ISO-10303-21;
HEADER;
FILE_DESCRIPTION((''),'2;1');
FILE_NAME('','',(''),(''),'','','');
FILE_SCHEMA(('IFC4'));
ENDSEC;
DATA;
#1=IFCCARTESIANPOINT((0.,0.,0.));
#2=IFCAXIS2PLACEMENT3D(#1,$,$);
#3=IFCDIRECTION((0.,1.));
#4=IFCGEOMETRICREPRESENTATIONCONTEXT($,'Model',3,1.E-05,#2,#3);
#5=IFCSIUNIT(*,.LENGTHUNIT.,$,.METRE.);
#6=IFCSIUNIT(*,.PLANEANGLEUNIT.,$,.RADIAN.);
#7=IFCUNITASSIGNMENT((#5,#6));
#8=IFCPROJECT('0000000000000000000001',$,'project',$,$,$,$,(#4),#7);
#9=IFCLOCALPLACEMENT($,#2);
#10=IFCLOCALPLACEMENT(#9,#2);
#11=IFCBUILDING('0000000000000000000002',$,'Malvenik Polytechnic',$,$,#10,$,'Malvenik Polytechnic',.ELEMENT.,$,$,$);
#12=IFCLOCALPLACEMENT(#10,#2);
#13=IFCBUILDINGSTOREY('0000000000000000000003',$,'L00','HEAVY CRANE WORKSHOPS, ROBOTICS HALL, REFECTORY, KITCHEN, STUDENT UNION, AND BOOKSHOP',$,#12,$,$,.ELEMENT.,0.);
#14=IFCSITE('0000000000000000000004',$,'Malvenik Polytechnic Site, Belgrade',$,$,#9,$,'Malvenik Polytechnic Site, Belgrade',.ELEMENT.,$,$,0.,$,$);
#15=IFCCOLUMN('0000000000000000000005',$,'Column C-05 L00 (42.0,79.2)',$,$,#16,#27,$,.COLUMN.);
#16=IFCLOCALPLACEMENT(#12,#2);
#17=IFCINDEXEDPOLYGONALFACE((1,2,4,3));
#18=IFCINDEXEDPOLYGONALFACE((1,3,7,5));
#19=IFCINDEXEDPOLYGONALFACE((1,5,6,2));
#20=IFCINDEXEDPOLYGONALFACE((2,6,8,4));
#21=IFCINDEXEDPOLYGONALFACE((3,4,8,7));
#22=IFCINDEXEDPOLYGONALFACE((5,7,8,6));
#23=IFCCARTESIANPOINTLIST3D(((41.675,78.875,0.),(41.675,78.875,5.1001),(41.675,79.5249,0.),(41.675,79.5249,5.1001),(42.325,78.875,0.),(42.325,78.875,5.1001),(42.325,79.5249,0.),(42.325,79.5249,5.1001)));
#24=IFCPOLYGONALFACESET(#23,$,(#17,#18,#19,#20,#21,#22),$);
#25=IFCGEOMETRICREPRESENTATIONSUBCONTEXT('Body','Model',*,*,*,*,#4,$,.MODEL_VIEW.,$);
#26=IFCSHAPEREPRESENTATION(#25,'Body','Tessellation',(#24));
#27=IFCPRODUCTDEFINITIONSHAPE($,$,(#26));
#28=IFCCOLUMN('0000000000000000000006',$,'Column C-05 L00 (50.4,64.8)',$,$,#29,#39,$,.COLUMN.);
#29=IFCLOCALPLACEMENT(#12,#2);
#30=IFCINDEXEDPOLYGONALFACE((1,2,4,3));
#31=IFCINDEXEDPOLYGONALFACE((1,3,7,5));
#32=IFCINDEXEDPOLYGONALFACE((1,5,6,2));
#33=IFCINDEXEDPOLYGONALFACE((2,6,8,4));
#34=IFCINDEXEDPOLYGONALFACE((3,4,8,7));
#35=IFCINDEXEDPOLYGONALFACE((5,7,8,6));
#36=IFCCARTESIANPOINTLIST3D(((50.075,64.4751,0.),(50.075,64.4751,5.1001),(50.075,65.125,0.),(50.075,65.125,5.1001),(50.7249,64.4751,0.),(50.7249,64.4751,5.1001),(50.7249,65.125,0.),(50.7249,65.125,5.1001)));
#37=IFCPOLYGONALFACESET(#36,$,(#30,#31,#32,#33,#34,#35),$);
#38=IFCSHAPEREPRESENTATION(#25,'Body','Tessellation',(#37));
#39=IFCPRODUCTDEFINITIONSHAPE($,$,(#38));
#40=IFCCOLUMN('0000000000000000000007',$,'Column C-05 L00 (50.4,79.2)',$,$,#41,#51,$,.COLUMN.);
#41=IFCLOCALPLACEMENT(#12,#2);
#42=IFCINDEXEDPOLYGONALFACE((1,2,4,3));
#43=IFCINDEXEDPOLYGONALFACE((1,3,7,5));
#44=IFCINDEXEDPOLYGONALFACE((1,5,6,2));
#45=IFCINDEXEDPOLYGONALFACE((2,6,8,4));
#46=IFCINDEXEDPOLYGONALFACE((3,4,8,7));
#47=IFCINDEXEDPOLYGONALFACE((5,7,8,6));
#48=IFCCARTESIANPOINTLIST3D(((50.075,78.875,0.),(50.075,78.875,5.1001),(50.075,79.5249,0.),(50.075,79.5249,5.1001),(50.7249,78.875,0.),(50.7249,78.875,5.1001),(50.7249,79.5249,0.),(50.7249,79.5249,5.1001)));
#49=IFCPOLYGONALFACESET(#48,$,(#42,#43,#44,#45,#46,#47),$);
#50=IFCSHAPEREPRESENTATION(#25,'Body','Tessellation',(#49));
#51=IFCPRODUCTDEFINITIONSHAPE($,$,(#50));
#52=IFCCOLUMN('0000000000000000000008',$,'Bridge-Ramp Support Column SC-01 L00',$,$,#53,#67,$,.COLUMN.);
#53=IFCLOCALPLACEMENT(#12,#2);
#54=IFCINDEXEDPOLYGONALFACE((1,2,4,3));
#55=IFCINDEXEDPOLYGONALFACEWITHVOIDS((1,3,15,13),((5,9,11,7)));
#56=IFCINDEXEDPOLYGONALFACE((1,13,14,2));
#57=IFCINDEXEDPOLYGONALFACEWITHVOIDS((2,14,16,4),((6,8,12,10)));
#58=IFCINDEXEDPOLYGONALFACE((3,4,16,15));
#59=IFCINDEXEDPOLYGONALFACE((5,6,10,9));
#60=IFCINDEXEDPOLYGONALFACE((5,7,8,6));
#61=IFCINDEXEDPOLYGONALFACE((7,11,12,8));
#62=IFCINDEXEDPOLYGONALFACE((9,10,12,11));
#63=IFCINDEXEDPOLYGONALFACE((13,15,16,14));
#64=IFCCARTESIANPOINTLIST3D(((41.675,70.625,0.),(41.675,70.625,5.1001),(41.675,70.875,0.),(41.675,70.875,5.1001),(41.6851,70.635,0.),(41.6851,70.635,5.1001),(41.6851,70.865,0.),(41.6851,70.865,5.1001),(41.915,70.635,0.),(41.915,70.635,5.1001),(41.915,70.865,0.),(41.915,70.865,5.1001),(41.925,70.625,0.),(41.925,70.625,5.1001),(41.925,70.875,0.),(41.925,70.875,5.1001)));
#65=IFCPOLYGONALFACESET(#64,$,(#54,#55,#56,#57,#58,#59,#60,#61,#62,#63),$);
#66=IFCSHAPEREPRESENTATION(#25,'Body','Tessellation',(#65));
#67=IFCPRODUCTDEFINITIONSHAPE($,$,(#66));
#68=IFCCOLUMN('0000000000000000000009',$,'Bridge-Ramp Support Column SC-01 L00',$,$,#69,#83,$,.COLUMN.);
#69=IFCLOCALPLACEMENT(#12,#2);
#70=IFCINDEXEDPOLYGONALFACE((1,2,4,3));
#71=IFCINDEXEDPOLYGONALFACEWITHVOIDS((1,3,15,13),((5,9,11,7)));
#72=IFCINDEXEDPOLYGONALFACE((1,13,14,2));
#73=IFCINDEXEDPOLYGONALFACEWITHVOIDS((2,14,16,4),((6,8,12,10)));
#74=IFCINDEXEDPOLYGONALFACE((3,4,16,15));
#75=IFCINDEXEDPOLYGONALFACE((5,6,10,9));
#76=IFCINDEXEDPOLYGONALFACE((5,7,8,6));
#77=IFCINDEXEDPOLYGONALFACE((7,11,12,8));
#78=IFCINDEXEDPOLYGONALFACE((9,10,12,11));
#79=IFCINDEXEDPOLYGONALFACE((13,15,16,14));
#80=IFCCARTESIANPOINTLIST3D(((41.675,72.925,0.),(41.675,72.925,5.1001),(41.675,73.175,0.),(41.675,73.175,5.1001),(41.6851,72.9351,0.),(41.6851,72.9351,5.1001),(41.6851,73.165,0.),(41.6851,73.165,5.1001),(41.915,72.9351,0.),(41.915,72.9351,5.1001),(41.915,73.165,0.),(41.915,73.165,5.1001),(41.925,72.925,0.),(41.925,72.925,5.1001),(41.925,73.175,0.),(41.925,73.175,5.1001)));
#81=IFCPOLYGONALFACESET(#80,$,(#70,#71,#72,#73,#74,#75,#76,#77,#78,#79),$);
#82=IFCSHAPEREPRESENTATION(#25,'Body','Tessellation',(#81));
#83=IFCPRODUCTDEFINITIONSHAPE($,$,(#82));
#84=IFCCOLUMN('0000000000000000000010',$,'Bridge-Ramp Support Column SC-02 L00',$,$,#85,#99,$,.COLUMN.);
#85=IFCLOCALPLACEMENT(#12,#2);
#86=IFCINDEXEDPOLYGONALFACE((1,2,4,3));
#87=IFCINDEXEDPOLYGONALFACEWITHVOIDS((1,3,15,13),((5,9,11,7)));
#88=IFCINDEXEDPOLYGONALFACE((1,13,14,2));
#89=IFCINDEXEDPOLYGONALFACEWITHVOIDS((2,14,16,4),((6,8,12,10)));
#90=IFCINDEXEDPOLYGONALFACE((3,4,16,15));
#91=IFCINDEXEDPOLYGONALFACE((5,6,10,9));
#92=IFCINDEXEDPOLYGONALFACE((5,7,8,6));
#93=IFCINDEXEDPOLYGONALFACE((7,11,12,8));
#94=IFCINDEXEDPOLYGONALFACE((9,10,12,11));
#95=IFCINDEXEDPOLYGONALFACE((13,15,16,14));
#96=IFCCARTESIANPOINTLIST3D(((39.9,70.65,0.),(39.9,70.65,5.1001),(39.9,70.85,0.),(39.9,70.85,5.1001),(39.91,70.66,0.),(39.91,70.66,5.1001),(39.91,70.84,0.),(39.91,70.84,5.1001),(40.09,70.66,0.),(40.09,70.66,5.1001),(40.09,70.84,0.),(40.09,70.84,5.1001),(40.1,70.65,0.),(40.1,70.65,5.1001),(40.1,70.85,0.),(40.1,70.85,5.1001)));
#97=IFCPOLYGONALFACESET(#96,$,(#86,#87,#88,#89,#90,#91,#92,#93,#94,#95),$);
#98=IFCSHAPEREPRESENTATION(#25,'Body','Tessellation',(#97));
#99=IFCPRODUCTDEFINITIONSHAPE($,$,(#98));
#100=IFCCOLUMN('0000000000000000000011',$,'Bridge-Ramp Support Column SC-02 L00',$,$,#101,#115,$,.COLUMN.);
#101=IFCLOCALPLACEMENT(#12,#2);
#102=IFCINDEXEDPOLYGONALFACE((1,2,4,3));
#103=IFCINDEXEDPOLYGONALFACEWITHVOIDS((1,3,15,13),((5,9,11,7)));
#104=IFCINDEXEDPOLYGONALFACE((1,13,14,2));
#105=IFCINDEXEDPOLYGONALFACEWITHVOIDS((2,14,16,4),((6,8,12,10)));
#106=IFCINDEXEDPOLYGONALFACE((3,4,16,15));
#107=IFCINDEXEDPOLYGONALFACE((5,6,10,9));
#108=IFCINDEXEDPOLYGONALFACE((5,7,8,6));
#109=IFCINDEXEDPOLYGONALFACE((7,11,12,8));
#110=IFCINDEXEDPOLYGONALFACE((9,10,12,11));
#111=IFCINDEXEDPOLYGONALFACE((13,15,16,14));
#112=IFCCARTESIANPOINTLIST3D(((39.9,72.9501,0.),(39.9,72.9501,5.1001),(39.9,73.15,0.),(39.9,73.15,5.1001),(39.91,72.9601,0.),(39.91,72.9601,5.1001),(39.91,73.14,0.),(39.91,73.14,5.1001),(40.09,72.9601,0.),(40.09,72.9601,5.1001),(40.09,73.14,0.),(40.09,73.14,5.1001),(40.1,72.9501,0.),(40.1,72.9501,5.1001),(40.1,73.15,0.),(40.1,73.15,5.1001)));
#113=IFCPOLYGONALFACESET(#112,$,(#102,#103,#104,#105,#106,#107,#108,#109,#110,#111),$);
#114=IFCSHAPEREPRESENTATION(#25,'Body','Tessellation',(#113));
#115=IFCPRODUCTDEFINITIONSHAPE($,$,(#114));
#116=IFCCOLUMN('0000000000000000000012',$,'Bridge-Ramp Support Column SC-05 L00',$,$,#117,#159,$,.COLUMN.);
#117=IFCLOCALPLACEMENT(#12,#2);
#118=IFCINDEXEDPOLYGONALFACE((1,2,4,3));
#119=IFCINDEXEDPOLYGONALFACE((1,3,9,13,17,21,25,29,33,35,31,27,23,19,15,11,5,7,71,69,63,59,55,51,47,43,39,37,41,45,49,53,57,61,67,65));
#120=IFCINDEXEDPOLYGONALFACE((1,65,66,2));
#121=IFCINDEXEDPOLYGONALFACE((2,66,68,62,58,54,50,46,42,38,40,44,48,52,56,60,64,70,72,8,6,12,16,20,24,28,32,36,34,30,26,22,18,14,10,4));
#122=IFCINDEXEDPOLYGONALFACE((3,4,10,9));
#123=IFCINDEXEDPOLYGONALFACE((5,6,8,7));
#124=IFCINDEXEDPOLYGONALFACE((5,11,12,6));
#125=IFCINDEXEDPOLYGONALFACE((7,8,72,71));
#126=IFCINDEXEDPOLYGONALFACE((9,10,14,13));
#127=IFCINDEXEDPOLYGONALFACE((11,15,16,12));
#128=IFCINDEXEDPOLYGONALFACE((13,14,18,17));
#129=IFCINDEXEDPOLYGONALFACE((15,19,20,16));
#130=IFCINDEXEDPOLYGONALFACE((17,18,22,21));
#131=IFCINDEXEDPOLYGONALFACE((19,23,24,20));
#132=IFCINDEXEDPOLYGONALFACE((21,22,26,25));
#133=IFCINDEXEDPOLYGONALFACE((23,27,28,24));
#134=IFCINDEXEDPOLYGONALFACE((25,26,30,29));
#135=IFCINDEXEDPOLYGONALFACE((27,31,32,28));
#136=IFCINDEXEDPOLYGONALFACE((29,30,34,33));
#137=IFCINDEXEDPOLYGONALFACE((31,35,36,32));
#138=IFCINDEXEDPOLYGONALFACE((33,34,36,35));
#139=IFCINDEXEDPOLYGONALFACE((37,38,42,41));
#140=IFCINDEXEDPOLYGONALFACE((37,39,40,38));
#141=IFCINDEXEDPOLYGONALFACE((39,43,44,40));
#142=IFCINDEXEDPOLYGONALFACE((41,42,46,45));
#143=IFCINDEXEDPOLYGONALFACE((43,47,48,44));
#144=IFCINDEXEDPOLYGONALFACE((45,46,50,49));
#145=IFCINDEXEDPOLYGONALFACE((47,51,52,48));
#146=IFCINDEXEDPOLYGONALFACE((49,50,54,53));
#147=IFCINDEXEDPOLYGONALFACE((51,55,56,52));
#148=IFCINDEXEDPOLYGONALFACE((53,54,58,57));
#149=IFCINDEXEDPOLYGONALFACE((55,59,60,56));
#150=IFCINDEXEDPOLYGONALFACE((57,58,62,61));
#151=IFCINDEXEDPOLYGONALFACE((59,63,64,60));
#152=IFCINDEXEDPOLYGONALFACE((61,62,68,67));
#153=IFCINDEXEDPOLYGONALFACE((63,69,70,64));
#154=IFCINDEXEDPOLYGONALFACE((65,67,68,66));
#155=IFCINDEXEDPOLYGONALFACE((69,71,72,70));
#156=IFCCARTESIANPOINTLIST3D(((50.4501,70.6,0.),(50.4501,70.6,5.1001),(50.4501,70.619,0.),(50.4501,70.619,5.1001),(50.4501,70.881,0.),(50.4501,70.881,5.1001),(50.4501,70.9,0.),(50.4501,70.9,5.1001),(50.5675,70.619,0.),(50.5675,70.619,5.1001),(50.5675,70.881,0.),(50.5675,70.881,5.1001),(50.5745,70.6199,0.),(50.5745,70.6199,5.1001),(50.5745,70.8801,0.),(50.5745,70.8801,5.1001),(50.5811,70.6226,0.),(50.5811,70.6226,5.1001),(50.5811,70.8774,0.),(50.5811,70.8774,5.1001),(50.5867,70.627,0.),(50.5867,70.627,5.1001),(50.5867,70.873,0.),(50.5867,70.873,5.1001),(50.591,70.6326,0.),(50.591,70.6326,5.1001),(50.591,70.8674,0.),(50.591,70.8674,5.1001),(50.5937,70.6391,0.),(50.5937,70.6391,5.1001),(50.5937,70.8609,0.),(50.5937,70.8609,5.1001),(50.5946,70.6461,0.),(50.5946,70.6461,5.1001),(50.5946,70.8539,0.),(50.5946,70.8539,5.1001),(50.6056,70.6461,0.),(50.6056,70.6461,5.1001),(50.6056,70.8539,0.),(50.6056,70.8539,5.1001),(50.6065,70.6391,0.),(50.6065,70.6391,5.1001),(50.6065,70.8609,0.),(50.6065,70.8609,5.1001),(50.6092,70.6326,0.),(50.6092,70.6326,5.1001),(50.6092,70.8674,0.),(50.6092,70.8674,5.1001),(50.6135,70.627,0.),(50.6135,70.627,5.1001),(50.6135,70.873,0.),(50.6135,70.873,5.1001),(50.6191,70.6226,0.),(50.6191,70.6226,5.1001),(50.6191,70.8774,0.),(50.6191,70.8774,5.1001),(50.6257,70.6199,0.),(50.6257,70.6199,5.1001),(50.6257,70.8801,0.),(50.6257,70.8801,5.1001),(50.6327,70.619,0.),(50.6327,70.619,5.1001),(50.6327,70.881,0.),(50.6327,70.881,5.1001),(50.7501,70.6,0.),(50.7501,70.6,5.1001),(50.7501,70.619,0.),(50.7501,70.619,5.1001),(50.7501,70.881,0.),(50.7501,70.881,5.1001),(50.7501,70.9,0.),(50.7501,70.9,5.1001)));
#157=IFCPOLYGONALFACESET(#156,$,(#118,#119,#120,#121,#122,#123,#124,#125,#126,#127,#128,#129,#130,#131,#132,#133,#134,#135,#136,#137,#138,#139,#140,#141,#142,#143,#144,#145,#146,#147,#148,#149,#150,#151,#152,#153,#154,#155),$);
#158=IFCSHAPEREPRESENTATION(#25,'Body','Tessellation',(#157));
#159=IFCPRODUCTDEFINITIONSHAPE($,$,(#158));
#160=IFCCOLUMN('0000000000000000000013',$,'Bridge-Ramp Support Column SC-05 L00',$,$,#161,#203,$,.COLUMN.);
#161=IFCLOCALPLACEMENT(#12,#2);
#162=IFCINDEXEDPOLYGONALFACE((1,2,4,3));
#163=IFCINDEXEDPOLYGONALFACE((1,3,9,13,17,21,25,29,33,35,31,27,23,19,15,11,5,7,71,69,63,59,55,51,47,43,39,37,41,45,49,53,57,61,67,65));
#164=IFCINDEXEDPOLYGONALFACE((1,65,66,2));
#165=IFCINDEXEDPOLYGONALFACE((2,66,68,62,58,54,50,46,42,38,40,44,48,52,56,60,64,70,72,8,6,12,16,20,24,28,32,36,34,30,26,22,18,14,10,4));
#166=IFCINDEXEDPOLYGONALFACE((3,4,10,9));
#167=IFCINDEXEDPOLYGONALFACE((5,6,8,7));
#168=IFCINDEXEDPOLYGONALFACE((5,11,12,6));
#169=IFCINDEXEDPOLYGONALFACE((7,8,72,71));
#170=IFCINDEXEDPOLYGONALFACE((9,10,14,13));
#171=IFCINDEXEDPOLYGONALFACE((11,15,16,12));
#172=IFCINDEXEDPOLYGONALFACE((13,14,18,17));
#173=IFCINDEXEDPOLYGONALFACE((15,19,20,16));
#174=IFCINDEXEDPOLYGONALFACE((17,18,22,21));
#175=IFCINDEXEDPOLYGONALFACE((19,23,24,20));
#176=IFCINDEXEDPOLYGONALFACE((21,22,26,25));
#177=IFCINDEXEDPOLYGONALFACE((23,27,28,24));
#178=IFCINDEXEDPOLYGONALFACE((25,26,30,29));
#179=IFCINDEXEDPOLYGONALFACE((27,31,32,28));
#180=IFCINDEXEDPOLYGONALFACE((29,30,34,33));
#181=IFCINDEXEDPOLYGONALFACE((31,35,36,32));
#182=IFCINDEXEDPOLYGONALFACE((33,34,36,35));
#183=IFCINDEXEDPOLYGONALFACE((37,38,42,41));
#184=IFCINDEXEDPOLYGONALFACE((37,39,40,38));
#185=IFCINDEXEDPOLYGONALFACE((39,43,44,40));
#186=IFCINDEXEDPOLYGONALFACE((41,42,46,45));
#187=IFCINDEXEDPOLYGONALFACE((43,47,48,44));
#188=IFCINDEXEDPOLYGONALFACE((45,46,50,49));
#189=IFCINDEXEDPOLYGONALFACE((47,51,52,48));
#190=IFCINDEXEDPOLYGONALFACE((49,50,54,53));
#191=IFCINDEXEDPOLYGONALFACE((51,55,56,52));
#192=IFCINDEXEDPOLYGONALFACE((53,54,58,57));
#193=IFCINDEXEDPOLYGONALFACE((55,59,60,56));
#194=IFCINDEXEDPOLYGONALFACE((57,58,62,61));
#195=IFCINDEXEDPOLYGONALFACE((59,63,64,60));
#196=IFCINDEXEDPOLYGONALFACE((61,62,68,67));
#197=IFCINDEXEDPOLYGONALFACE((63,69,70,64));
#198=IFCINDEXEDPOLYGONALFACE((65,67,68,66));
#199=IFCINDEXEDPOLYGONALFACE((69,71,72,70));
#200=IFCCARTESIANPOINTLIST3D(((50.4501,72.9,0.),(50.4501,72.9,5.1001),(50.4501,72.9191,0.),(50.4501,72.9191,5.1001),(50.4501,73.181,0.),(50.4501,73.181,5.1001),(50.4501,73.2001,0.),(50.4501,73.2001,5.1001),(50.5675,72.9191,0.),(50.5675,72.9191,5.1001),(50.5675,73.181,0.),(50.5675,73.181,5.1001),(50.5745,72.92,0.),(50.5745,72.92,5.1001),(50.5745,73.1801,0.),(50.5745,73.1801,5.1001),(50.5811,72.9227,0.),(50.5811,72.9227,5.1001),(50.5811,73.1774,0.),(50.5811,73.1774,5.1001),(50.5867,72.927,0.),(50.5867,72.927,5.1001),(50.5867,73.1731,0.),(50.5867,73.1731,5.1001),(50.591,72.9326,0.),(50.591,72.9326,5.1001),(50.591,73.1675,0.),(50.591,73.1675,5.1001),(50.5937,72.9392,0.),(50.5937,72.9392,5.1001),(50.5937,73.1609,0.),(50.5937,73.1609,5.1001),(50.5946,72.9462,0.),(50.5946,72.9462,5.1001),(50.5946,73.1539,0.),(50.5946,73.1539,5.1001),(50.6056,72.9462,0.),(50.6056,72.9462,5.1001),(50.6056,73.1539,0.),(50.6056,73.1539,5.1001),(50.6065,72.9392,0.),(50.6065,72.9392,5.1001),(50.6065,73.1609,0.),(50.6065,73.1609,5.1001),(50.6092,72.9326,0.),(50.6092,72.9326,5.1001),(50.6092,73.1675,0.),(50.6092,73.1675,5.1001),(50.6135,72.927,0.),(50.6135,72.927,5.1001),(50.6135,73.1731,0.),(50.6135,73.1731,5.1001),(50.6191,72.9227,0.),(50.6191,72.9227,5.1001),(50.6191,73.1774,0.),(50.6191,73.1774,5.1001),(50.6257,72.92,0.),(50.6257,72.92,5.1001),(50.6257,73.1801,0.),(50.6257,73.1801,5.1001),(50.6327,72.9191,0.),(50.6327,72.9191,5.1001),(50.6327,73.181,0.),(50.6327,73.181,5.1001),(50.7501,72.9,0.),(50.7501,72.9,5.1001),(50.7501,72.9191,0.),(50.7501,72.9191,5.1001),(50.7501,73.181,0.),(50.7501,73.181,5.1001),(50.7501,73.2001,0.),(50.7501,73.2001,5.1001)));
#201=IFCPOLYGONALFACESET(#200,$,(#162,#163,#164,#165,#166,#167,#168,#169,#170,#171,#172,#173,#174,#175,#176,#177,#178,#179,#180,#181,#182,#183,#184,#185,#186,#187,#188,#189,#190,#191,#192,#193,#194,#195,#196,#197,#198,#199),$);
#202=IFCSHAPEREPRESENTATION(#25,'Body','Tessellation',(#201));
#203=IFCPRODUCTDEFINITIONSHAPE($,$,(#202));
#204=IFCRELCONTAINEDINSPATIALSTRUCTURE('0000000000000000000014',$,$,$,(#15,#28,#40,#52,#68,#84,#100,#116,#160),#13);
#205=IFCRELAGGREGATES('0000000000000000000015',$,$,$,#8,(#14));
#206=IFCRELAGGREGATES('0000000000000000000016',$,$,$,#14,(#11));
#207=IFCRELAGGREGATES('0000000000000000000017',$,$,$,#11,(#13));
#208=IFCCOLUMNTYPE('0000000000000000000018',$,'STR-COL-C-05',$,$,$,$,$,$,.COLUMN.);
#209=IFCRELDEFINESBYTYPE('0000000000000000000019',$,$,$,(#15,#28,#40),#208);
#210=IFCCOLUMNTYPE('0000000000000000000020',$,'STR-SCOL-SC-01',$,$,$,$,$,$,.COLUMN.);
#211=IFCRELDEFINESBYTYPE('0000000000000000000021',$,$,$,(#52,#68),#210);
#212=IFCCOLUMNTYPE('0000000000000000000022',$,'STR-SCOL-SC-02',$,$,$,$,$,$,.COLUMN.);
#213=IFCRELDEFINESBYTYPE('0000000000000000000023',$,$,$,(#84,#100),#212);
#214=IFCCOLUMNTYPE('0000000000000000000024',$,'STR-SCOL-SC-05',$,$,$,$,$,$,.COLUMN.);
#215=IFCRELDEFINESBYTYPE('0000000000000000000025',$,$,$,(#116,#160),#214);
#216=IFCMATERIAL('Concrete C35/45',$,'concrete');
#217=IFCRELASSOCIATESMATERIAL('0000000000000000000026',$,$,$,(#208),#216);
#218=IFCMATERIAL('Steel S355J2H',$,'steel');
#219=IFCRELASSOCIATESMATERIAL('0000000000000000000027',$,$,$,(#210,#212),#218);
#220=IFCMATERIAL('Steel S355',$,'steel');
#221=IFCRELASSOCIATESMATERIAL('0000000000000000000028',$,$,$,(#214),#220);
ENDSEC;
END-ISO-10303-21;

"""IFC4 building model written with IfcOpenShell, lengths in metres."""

from ifc_helpers import new_model, si_unit, direction, frame, origin, origin_2d, place, context, subcontext, project, spatial, rectangle, hollow_rectangle, i_section, extrude, material, material_profile, profile_set, type_object, element, save


model = new_model("IFC4")

# Units and contexts
model_context = context("Model", 3, precision=1e-05, world=origin(), true_north=direction((0.0, 1.0)))
body_context = subcontext(model_context, "Body", "Model", "MODEL_VIEW")
ifc_project = project(units=[si_unit("LENGTHUNIT", "METRE"), si_unit("PLANEANGLEUNIT", "RADIAN")], contexts=[model_context])

# Site, building, storey
site_placement = place(None, origin())
site = spatial("IfcSite", under=ifc_project, at=site_placement, Name="Malvenik Polytechnic Site, Belgrade", LongName="Malvenik Polytechnic Site, Belgrade", CompositionType="ELEMENT", RefElevation=0.0)
building_placement = place(site_placement, origin())
building = spatial("IfcBuilding", under=site, at=building_placement, Name="Malvenik Polytechnic", LongName="Malvenik Polytechnic", CompositionType="ELEMENT")
storey_placement = place(building_placement, origin())
storey = spatial("IfcBuildingStorey", under=building, at=storey_placement, Name="L00", Description="HEAVY CRANE WORKSHOPS, ROBOTICS HALL, REFECTORY, KITCHEN, STUDENT UNION, AND BOOKSHOP", CompositionType="ELEMENT", Elevation=0.0)

# Columns
ifc_material_1 = material(Name="Concrete C35/45", Category="concrete")
ifc_material_profile_1 = material_profile(ifc_material_1, rectangle(XDim=0.6499, YDim=0.6499, at=origin_2d()), Name="RC COL 650x650")
ifc_profile_set_1 = profile_set([ifc_material_profile_1], Name="Concrete C35/45")
column_type_1 = type_object("IfcColumnType", Name="STR-COL-C-05", PredefinedType="COLUMN", material=ifc_profile_set_1)
for number, where, z_axis, x_axis, name in (
    (1, (42.0, 79.2, 0.0), (0.0, 0.0, 1.0), (1.0, 0.0, 0.0), "Column C-05 L00 (42.0,79.2)"),
    (2, (50.3999, 64.8, 0.0), (0.0, 0.0, 1.0), (1.0, 0.0, 0.0), "Column C-05 L00 (50.4,64.8)"),
    (3, (50.3999, 79.2, 0.0), (0.0, 0.0, 1.0), (1.0, 0.0, 0.0), "Column C-05 L00 (50.4,79.2)"),
):
    element("IfcColumn", number, at=place(storey_placement, frame(where, z_axis=z_axis, x_axis=x_axis)), inside=storey, type_object=column_type_1, Name=name, PredefinedType="COLUMN", context=body_context, shape_type="SweptSolid", body=[
        extrude(rectangle(XDim=0.6499, YDim=0.6499, at=origin_2d()), origin(), (0.0, 0.0, 1.0), 5.1001),
    ])
ifc_material_2 = material(Name="Steel S355J2H", Category="steel")
ifc_material_profile_2 = material_profile(ifc_material_2, hollow_rectangle(XDim=0.25, YDim=0.25, WallThickness=0.01, at=origin_2d()), Name="SHS 250x250x10.0")
ifc_profile_set_2 = profile_set([ifc_material_profile_2], Name="Steel S355J2H")
column_type_2 = type_object("IfcColumnType", Name="STR-SCOL-SC-01", PredefinedType="COLUMN", material=ifc_profile_set_2)
for number, where, z_axis, x_axis, name in (
    (4, (41.8, 70.75, 0.0), (0.0, 0.0, 1.0), (1.0, 0.0, 0.0), "Bridge-Ramp Support Column SC-01 L00"),
    (5, (41.8, 73.05, 0.0), (0.0, 0.0, 1.0), (1.0, 0.0, 0.0), "Bridge-Ramp Support Column SC-01 L00"),
):
    element("IfcColumn", number, at=place(storey_placement, frame(where, z_axis=z_axis, x_axis=x_axis)), inside=storey, type_object=column_type_2, Name=name, PredefinedType="COLUMN", context=body_context, shape_type="SweptSolid", body=[
        extrude(hollow_rectangle(XDim=0.25, YDim=0.25, WallThickness=0.01, at=origin_2d()), origin(), (0.0, 0.0, 1.0), 5.1001),
    ])
ifc_material_profile_3 = material_profile(ifc_material_2, hollow_rectangle(XDim=0.2, YDim=0.2, WallThickness=0.01, at=origin_2d()), Name="SHS 200x200x10.0")
ifc_profile_set_3 = profile_set([ifc_material_profile_3], Name="Steel S355J2H")
column_type_3 = type_object("IfcColumnType", Name="STR-SCOL-SC-02", PredefinedType="COLUMN", material=ifc_profile_set_3)
for number, where, z_axis, x_axis, name in (
    (6, (40.0, 70.75, 0.0), (0.0, 0.0, 1.0), (1.0, 0.0, 0.0), "Bridge-Ramp Support Column SC-02 L00"),
    (7, (40.0, 73.05, 0.0), (0.0, 0.0, 1.0), (1.0, 0.0, 0.0), "Bridge-Ramp Support Column SC-02 L00"),
):
    element("IfcColumn", number, at=place(storey_placement, frame(where, z_axis=z_axis, x_axis=x_axis)), inside=storey, type_object=column_type_3, Name=name, PredefinedType="COLUMN", context=body_context, shape_type="SweptSolid", body=[
        extrude(hollow_rectangle(XDim=0.2, YDim=0.2, WallThickness=0.01, at=origin_2d()), origin(), (0.0, 0.0, 1.0), 5.1001),
    ])
ifc_material_3 = material(Name="Steel S355", Category="steel")
ifc_material_profile_4 = material_profile(ifc_material_3, i_section(OverallWidth=0.3, OverallDepth=0.3, WebThickness=0.011, FlangeThickness=0.019, FilletRadius=0.0271, at=origin_2d()), Name="HEB 300")
ifc_profile_set_4 = profile_set([ifc_material_profile_4], Name="Steel S355")
column_type_4 = type_object("IfcColumnType", Name="STR-SCOL-SC-05", PredefinedType="COLUMN", material=ifc_profile_set_4)
for number, where, z_axis, x_axis, name in (
    (8, (50.6001, 70.75, 0.0), (0.0, 0.0, 1.0), (1.0, 0.0, 0.0), "Bridge-Ramp Support Column SC-05 L00"),
    (9, (50.6001, 73.05, 0.0), (0.0, 0.0, 1.0), (1.0, 0.0, 0.0), "Bridge-Ramp Support Column SC-05 L00"),
):
    element("IfcColumn", number, at=place(storey_placement, frame(where, z_axis=z_axis, x_axis=x_axis)), inside=storey, type_object=column_type_4, Name=name, PredefinedType="COLUMN", context=body_context, shape_type="SweptSolid", body=[
        extrude(i_section(OverallWidth=0.3, OverallDepth=0.3, WebThickness=0.011, FlangeThickness=0.019, FilletRadius=0.0271, at=origin_2d()), origin(), (0.0, 0.0, 1.0), 5.1001),
    ])

save(model, "model.ifc")
